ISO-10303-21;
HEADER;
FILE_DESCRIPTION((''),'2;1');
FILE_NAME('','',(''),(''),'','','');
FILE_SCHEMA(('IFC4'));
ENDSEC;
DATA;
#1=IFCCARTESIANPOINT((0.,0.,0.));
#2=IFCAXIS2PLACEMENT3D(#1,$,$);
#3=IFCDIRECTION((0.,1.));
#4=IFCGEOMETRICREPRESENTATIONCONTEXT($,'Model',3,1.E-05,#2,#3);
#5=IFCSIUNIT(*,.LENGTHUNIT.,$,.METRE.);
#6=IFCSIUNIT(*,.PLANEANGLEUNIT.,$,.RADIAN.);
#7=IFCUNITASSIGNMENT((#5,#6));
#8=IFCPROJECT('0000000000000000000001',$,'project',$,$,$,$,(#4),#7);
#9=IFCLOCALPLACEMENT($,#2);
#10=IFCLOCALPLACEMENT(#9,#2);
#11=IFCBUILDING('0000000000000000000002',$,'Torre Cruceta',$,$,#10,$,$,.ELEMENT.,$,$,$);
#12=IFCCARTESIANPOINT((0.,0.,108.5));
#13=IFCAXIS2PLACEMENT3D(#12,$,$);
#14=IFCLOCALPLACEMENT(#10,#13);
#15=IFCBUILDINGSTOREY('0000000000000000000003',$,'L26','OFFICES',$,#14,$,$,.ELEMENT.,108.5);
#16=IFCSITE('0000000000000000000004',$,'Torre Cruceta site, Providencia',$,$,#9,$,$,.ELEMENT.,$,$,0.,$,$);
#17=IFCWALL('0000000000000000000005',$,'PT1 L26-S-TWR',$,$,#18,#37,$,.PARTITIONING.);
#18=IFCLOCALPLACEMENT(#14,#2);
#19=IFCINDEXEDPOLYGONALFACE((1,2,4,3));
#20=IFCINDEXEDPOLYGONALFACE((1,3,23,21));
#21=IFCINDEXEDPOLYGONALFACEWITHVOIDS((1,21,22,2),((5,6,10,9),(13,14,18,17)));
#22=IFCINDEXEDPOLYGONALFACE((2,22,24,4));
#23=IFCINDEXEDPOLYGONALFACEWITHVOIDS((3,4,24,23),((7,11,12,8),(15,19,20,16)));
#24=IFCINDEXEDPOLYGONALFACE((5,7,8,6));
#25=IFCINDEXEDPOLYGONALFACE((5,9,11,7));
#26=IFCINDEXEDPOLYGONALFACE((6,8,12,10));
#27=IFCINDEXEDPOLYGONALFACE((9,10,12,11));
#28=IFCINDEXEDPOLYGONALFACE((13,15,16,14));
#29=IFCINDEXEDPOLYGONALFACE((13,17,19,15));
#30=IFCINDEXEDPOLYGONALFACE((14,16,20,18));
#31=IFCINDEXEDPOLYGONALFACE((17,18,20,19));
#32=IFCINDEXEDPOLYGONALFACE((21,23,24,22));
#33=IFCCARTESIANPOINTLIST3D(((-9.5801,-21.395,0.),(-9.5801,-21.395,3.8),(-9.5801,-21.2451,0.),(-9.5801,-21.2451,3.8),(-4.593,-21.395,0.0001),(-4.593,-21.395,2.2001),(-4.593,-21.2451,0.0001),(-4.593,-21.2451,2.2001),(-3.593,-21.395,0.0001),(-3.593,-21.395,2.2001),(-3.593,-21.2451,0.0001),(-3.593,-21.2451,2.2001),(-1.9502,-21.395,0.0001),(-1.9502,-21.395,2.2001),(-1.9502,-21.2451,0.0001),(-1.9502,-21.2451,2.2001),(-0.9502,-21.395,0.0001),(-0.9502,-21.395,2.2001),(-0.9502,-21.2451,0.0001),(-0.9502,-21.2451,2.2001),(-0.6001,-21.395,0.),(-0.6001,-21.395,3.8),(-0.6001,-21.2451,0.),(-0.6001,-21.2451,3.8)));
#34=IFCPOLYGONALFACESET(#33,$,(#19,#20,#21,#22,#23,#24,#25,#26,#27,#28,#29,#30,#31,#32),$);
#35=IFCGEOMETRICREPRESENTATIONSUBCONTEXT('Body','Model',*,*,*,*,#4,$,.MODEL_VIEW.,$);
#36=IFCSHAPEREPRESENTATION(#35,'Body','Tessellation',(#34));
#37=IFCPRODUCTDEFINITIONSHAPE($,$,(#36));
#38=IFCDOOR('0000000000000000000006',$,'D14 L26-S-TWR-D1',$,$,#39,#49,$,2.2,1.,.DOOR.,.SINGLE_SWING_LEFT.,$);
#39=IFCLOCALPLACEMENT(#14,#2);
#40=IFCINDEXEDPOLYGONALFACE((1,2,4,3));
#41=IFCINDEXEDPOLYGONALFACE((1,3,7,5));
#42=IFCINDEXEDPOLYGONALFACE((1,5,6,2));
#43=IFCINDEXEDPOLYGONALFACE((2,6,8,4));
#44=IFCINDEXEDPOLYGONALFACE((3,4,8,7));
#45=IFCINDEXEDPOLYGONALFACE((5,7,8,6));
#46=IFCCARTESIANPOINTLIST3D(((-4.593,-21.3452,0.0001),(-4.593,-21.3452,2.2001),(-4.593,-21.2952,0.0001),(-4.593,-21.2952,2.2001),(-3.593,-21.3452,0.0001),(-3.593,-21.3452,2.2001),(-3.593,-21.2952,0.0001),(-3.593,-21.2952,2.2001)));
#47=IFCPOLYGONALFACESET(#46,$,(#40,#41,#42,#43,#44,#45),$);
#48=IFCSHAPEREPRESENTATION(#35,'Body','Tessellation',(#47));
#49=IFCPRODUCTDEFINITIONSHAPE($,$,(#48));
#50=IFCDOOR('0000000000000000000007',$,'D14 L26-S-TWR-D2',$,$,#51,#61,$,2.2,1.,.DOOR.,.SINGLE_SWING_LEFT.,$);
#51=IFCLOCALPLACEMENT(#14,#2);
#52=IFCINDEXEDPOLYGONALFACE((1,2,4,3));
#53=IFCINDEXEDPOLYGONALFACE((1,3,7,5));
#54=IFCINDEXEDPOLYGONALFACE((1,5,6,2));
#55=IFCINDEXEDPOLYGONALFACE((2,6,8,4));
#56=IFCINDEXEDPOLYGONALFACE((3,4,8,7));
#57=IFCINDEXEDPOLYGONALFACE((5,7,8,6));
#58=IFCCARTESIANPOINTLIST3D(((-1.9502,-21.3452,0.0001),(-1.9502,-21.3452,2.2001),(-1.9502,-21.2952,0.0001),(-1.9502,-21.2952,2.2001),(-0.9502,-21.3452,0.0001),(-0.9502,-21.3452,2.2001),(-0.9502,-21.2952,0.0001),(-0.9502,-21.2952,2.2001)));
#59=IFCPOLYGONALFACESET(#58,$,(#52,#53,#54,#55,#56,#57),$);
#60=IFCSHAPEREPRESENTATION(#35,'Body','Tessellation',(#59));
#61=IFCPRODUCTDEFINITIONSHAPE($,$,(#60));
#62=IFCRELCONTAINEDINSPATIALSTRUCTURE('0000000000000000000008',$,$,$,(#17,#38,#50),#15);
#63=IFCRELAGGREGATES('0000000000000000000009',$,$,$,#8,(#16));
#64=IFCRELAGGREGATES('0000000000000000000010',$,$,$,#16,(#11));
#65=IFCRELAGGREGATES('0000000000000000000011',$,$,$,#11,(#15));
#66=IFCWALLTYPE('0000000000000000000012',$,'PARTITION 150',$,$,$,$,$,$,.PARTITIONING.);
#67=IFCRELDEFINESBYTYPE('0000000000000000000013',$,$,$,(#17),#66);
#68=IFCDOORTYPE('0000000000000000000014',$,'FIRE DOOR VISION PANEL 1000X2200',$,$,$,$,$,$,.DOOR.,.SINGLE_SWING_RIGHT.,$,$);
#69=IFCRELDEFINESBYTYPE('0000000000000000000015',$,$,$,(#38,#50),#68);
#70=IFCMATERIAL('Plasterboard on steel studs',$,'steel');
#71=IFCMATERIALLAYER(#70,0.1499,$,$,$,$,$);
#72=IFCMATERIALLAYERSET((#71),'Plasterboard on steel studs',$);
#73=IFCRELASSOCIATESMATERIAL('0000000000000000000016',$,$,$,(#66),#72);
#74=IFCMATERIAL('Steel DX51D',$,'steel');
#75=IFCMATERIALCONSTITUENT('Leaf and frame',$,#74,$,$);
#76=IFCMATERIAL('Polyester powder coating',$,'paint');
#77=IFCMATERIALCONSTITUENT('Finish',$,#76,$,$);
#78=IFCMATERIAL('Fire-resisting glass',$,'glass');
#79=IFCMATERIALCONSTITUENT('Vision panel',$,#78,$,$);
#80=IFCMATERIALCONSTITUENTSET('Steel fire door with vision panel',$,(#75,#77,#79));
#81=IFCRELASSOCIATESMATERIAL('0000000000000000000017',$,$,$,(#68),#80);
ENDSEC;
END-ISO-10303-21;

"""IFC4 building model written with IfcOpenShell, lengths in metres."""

from ifc_helpers import new_model, si_unit, direction, frame, frame_2d, origin, place, context, subcontext, project, spatial, rectangle, extrude, material, layer, layer_set, constituent, constituent_set, type_object, element, fill, save


model = new_model("IFC4")

# Units and contexts
model_context = context("Model", 3, precision=1e-05, world=origin(), true_north=direction((0.0, 1.0)))
body_context = subcontext(model_context, "Body", "Model", "MODEL_VIEW")
ifc_project = project(units=[si_unit("LENGTHUNIT", "METRE"), si_unit("PLANEANGLEUNIT", "RADIAN")], contexts=[model_context])

# Site, building, storey
site_placement = place(None, origin())
site = spatial("IfcSite", under=ifc_project, at=site_placement, Name="Torre Cruceta site, Providencia", CompositionType="ELEMENT", RefElevation=0.0)
building_placement = place(site_placement, origin())
building = spatial("IfcBuilding", under=site, at=building_placement, Name="Torre Cruceta", CompositionType="ELEMENT")
storey_placement = place(building_placement, frame((0.0, 0.0, 108.5)))
storey = spatial("IfcBuildingStorey", under=building, at=storey_placement, Name="L26", Description="OFFICES", CompositionType="ELEMENT", Elevation=108.5)

# Shared definitions
ifc_material_1 = material(Name="Plasterboard on steel studs", Category="steel")
ifc_layer_1 = layer(ifc_material_1, 0.1499)
ifc_layer_set_1 = layer_set([ifc_layer_1], Name="Plasterboard on steel studs")
wall_type_1 = type_object("IfcWallType", Name="PARTITION 150", PredefinedType="PARTITIONING", material=ifc_layer_set_1)

# Wall, openings, doors
wall_1_placement = place(storey_placement, frame((-9.5801, -21.3201, 0.0), z_axis=(0.0, 0.0, 1.0), x_axis=(1.0, 0.0, 0.0)))
wall_1 = element("IfcWall", 1, at=wall_1_placement, inside=storey, type_object=wall_type_1, Name="PT1 L26-S-TWR", PredefinedType="PARTITIONING", context=body_context, shape_type="SweptSolid", body=[
    extrude(rectangle(XDim=8.98, YDim=0.1499, at=frame_2d((4.49, 0.0))), origin(), (0.0, 0.0, 1.0), 3.8),
])
opening_1_placement = place(wall_1_placement, frame((4.9871, 0.0, 0.0)))
opening_1 = element("IfcOpeningElement", 2, at=opening_1_placement, cuts=wall_1, PredefinedType="OPENING", context=body_context, shape_type="SweptSolid", body=[
    extrude(rectangle(XDim=1.0, YDim=2.2, at=frame_2d((0.5, 1.1001))), frame((0.0, 0.085, 0.0), z_axis=(0.0, -1.0, 0.0), x_axis=(1.0, 0.0, 0.0)), (0.0, 0.0, 1.0), 0.1699),
])
opening_2_placement = place(wall_1_placement, frame((7.6299, 0.0, 0.0)))
opening_2 = element("IfcOpeningElement", 3, at=opening_2_placement, cuts=wall_1, PredefinedType="OPENING", context=body_context, shape_type="SweptSolid", body=[
    extrude(rectangle(XDim=1.0, YDim=2.2, at=frame_2d((0.5, 1.1001))), frame((0.0, 0.085, 0.0), z_axis=(0.0, -1.0, 0.0), x_axis=(1.0, 0.0, 0.0)), (0.0, 0.0, 1.0), 0.1699),
])
ifc_material_2 = material(Name="Steel DX51D", Category="steel")
ifc_constituent_1 = constituent(ifc_material_2, Name="Leaf and frame")
ifc_material_3 = material(Name="Polyester powder coating", Category="paint")
ifc_constituent_2 = constituent(ifc_material_3, Name="Finish")
ifc_material_4 = material(Name="Fire-resisting glass", Category="glass")
ifc_constituent_3 = constituent(ifc_material_4, Name="Vision panel")
ifc_constituent_set_1 = constituent_set(constituents=[ifc_constituent_1, ifc_constituent_2, ifc_constituent_3], Name="Steel fire door with vision panel")
door_type = type_object("IfcDoorType", Name="FIRE DOOR VISION PANEL 1000X2200", OperationType="SINGLE_SWING_RIGHT", PredefinedType="DOOR", material=ifc_constituent_set_1)
door_1_placement = place(opening_1_placement, frame((1.0, 0.0, 0.0), z_axis=(0.0, 0.0, 1.0), x_axis=(-1.0, 0.0, 0.0)))
door_1 = element("IfcDoor", 4, at=door_1_placement, inside=storey, type_object=door_type, Name="D14 L26-S-TWR-D1", OperationType="SINGLE_SWING_LEFT", OverallHeight=2.2, OverallWidth=1.0, PredefinedType="DOOR", context=body_context, shape_type="SweptSolid", body=[
    extrude(rectangle(XDim=1.0, YDim=2.2, at=frame_2d((0.5, 1.1001))), frame((0.0, 0.0251, 0.0), z_axis=(0.0, -1.0, 0.0), x_axis=(1.0, 0.0, 0.0)), (0.0, 0.0, 1.0), 0.05),
])
fill(opening_1, door_1)
door_2_placement = place(opening_2_placement, frame((1.0, 0.0, 0.0), z_axis=(0.0, 0.0, 1.0), x_axis=(-1.0, 0.0, 0.0)))
door_2 = element("IfcDoor", 5, at=door_2_placement, inside=storey, type_object=door_type, Name="D14 L26-S-TWR-D2", OperationType="SINGLE_SWING_LEFT", OverallHeight=2.2, OverallWidth=1.0, PredefinedType="DOOR", context=body_context, shape_type="SweptSolid", body=[
    extrude(rectangle(XDim=1.0, YDim=2.2, at=frame_2d((0.5, 1.1001))), frame((0.0, 0.0251, 0.0), z_axis=(0.0, -1.0, 0.0), x_axis=(1.0, 0.0, 0.0)), (0.0, 0.0, 1.0), 0.05),
])
fill(opening_2, door_2)

save(model, "model.ifc")
